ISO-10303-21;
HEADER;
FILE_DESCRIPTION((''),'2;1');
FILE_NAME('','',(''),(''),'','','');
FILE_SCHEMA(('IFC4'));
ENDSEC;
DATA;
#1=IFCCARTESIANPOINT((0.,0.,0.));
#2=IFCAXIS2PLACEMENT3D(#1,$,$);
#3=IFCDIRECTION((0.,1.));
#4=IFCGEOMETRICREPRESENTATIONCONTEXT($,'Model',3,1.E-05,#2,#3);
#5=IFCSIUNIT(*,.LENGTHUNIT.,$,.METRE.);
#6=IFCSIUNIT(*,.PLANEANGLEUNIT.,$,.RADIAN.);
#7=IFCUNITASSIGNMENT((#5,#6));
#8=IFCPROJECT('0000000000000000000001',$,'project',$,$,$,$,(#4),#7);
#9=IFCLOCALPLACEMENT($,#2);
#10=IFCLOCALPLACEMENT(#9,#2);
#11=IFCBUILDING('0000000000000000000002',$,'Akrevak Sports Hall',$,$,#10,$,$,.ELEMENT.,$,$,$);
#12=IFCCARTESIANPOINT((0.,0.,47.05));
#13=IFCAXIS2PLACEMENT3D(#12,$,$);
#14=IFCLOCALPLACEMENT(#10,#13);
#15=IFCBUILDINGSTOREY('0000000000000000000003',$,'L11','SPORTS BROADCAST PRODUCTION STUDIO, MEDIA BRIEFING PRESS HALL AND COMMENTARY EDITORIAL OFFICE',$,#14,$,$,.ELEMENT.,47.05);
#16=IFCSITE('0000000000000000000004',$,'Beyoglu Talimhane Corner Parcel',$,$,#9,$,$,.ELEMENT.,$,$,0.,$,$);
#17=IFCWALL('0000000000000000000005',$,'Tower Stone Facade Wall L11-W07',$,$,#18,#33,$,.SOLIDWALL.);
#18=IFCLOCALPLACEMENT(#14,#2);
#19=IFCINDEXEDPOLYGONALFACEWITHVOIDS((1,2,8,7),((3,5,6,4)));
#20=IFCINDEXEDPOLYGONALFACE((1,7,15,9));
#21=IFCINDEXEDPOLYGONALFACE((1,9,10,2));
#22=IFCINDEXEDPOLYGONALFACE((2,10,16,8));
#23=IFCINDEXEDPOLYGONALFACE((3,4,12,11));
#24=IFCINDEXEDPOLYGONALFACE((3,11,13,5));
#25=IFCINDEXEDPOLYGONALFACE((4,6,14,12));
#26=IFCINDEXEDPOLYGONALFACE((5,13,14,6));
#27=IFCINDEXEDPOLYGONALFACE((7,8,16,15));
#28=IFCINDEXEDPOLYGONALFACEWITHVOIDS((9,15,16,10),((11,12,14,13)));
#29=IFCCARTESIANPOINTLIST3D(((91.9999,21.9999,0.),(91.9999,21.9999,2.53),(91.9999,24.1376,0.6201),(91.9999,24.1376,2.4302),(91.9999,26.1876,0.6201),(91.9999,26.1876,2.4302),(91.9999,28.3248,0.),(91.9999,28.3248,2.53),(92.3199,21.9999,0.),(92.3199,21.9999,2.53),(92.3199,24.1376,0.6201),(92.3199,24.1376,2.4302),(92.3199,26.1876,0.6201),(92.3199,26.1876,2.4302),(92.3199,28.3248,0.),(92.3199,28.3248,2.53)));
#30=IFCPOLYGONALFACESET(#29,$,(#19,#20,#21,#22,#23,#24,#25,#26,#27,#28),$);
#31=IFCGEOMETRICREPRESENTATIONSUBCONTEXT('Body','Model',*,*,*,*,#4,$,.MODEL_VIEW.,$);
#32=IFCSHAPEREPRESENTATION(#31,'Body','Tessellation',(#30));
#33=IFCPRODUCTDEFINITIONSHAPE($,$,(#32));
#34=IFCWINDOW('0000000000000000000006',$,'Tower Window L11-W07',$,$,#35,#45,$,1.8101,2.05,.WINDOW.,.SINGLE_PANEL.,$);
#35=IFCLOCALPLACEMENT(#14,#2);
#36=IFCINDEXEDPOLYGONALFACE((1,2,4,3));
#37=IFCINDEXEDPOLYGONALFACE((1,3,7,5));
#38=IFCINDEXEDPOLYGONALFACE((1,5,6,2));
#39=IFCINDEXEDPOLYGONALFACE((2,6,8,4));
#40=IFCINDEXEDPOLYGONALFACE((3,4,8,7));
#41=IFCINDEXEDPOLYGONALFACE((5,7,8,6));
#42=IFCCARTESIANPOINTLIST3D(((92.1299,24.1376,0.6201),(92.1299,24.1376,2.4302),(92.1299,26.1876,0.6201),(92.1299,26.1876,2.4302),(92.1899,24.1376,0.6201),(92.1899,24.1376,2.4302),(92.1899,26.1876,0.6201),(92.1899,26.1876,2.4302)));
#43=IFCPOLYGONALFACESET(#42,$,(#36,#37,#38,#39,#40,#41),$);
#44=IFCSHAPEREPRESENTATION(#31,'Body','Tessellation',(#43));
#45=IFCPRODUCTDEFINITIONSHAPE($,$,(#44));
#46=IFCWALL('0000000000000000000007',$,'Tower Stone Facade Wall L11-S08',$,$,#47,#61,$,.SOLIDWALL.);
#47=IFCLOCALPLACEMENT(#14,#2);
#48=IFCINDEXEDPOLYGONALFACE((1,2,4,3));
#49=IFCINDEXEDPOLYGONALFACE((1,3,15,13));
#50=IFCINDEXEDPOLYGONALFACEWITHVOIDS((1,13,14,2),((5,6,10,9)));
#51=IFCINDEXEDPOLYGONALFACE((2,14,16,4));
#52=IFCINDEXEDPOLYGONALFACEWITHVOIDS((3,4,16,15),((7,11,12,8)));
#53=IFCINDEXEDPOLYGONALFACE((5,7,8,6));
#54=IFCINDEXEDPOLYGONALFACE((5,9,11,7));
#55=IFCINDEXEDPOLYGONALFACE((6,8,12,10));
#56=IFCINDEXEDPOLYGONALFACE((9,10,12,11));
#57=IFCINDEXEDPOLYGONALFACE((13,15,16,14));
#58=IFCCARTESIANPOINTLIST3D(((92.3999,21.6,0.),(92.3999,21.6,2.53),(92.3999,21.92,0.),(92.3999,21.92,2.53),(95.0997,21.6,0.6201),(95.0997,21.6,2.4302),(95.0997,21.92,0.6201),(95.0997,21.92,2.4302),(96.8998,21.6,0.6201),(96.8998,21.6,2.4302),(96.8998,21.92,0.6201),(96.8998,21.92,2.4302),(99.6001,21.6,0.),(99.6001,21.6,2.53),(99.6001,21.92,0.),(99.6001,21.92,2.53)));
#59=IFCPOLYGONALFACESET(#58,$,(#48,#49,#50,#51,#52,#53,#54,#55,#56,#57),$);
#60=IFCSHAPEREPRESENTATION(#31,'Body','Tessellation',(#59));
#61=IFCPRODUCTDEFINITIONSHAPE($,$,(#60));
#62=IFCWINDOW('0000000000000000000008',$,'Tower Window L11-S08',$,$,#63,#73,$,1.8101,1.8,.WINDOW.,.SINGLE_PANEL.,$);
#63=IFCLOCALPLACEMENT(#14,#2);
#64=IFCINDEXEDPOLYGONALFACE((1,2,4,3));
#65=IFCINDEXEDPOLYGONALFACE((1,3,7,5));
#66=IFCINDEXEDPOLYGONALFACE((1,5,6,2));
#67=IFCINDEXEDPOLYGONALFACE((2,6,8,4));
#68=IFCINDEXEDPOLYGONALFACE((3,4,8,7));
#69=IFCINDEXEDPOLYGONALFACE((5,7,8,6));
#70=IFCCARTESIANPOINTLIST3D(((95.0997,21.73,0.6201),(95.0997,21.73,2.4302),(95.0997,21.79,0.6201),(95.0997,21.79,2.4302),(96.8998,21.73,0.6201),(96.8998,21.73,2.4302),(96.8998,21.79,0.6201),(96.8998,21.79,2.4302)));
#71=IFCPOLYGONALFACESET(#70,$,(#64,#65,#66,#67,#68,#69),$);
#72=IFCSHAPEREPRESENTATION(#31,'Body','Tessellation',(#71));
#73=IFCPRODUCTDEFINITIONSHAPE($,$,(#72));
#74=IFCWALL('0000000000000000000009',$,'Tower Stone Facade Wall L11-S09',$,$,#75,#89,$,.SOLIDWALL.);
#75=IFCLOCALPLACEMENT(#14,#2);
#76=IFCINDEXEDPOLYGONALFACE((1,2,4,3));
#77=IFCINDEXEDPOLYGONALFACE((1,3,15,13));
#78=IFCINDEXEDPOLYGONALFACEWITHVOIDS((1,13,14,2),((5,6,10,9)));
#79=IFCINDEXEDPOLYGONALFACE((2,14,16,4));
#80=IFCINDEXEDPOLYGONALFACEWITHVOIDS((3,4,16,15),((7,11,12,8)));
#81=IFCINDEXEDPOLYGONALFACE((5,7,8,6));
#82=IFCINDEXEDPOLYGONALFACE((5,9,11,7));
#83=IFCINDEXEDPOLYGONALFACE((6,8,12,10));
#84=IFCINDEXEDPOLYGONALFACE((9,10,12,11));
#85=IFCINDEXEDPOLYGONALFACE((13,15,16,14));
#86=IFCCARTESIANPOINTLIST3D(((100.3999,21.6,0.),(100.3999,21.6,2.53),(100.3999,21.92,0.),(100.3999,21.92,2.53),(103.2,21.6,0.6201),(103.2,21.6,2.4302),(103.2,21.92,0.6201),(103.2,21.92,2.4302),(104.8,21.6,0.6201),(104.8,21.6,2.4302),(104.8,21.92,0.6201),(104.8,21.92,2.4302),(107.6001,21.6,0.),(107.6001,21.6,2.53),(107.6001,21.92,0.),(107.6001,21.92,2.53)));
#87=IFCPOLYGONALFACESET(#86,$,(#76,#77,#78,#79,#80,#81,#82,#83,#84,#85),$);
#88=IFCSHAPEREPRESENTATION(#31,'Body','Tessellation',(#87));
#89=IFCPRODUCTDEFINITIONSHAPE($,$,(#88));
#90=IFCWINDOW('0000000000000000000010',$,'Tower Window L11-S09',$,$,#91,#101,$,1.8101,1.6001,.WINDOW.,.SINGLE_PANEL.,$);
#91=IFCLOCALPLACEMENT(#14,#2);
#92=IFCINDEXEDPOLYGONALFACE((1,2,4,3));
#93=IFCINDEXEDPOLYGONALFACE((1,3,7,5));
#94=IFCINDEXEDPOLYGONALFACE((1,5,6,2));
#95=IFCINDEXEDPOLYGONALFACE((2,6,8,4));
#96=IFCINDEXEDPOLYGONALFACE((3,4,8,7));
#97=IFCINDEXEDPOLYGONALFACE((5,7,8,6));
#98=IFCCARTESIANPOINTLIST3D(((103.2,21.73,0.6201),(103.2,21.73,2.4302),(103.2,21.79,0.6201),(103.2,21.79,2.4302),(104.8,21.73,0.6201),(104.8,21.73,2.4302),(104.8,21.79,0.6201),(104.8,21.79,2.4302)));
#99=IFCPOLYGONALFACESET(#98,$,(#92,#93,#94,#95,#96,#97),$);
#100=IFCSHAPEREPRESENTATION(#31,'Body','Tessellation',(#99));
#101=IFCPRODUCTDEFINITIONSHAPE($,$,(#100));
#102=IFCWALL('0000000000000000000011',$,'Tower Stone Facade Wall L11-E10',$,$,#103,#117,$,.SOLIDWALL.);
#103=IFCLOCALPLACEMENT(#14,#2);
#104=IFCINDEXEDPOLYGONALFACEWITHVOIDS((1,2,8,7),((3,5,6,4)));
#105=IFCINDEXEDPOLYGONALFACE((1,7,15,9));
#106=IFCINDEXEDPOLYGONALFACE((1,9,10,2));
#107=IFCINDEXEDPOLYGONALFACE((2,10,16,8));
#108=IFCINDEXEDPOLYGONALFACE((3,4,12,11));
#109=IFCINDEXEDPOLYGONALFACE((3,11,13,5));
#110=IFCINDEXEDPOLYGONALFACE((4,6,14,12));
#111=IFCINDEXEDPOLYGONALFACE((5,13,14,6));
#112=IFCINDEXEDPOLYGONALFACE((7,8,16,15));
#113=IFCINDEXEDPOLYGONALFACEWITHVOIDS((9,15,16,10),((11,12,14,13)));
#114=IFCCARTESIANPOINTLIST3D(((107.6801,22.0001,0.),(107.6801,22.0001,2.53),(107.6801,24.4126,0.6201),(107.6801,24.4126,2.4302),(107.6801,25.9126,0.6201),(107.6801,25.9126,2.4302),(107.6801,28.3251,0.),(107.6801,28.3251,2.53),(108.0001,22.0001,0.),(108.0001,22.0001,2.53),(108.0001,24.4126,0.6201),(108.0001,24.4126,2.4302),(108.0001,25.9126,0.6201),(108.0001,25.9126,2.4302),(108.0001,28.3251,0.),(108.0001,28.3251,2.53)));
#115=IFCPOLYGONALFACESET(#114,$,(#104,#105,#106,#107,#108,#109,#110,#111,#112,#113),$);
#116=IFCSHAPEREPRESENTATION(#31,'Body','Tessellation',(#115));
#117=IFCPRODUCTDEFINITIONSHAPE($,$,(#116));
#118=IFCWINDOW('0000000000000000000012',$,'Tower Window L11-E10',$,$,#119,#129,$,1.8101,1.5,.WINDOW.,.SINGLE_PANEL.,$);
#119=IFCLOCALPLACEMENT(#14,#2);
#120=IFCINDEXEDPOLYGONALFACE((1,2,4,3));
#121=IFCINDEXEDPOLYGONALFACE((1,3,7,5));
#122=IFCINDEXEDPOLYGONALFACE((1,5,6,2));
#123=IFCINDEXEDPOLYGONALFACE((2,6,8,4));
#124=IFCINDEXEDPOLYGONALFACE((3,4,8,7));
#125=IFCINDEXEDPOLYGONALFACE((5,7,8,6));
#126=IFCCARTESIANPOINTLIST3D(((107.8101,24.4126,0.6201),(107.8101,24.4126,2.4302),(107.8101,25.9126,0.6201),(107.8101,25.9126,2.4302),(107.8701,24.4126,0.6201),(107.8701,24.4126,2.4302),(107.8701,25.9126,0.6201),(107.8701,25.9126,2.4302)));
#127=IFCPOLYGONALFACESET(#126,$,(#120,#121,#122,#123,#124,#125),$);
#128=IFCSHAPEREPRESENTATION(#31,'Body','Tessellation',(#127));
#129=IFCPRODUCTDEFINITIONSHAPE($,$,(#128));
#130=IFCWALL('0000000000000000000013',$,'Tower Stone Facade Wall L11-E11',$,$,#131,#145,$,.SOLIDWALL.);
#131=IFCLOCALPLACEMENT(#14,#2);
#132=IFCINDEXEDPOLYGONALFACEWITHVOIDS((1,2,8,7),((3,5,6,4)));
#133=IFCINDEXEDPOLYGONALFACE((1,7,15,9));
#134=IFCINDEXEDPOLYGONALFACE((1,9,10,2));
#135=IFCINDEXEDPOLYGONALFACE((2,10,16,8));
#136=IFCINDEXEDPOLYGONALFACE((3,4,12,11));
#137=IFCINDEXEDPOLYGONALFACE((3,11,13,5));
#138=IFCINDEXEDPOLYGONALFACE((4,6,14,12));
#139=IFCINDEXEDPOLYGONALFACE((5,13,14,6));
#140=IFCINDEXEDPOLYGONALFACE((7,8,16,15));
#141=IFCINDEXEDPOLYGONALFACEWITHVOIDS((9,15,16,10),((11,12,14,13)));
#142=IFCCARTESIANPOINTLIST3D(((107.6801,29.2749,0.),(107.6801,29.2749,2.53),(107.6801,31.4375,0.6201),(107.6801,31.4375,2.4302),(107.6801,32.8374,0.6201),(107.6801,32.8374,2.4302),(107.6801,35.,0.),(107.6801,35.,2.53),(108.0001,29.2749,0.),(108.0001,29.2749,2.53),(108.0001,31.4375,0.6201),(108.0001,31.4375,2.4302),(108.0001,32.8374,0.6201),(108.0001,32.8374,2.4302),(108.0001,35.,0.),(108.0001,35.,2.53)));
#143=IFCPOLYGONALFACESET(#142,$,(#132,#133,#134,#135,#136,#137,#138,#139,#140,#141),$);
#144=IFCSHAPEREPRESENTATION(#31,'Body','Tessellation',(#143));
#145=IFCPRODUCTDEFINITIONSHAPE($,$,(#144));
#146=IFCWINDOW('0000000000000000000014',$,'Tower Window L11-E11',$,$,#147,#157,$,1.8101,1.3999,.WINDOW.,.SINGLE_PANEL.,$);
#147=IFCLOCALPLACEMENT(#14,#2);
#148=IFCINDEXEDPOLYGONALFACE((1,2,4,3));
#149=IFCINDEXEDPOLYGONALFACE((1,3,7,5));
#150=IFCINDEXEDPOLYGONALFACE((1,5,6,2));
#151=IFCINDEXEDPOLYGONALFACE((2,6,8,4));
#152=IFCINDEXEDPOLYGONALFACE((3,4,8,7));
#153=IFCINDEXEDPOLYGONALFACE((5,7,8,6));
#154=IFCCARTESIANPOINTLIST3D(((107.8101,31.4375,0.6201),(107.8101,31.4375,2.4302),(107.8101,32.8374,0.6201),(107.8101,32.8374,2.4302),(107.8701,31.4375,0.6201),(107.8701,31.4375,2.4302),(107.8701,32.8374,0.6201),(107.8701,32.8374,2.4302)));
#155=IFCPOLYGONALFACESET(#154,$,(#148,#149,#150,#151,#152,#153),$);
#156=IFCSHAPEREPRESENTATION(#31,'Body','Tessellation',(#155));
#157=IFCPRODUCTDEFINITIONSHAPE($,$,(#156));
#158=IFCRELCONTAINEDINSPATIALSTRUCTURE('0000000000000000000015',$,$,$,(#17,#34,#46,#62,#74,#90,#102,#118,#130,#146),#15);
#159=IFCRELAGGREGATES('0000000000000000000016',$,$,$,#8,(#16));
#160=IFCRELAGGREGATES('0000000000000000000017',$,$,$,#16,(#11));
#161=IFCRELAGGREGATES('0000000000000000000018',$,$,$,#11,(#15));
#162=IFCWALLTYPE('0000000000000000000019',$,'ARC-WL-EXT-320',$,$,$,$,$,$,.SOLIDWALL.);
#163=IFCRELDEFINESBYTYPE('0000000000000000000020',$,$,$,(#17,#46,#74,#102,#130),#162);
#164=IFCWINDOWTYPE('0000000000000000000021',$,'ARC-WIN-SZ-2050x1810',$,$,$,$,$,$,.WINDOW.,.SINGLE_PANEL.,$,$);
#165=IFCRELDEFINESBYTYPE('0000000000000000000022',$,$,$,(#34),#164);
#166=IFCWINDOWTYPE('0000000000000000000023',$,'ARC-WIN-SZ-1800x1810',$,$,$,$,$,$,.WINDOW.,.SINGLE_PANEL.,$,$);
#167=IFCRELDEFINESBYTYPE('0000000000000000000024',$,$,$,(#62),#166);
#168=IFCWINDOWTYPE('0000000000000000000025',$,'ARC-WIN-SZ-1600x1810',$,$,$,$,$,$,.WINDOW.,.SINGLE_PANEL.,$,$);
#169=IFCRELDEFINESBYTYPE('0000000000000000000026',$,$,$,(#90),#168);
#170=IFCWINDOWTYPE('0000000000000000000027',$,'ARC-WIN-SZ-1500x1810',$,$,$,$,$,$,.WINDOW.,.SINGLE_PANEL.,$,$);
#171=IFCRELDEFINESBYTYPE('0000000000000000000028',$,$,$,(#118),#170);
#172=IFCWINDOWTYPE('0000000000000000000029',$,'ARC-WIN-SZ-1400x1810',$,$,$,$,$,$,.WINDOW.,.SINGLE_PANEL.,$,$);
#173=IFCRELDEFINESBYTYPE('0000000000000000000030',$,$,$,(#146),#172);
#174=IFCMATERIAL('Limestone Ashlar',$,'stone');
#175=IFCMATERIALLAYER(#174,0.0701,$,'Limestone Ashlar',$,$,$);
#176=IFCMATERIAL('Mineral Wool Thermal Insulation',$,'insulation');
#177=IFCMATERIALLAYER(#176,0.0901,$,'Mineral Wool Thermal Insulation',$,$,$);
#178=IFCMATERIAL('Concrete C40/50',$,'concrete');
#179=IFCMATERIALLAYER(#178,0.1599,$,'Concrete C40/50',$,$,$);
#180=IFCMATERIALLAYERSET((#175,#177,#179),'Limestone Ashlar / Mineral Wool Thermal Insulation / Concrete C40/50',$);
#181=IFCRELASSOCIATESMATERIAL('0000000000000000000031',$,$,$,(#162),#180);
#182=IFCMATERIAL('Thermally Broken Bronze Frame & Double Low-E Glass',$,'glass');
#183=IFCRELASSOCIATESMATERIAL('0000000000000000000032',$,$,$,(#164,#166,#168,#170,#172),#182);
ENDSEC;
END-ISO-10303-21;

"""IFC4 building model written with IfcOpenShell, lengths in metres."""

from ifc_helpers import new_model, si_unit, direction, frame, frame_2d, origin, place, context, subcontext, project, spatial, rectangle, extrude, material, layer, layer_set, type_object, element, fill, save


model = new_model("IFC4")

# Units and contexts
model_context = context("Model", 3, precision=1e-05, world=origin(), true_north=direction((0.0, 1.0)))
body_context = subcontext(model_context, "Body", "Model", "MODEL_VIEW")
ifc_project = project(units=[si_unit("LENGTHUNIT", "METRE"), si_unit("PLANEANGLEUNIT", "RADIAN")], contexts=[model_context])

# Site, building, storey
site_placement = place(None, origin())
site = spatial("IfcSite", under=ifc_project, at=site_placement, Name="Beyoglu Talimhane Corner Parcel", CompositionType="ELEMENT", RefElevation=0.0)
building_placement = place(site_placement, origin())
building = spatial("IfcBuilding", under=site, at=building_placement, Name="Akrevak Sports Hall", CompositionType="ELEMENT")
storey_placement = place(building_placement, frame((0.0, 0.0, 47.05)))
storey = spatial("IfcBuildingStorey", under=building, at=storey_placement, Name="L11", Description="SPORTS BROADCAST PRODUCTION STUDIO, MEDIA BRIEFING PRESS HALL AND COMMENTARY EDITORIAL OFFICE", CompositionType="ELEMENT", Elevation=47.05)

# Shared definitions
ifc_material_1 = material(Name="Concrete C40/50", Category="concrete")

# Walls, openings, windows
ifc_material_2 = material(Name="Limestone Ashlar", Category="stone")
ifc_layer_1 = layer(ifc_material_2, 0.0701, Name="Limestone Ashlar")
ifc_material_3 = material(Name="Mineral Wool Thermal Insulation", Category="insulation")
ifc_layer_2 = layer(ifc_material_3, 0.0901, Name="Mineral Wool Thermal Insulation")
ifc_layer_3 = layer(ifc_material_1, 0.1599, Name="Concrete C40/50")
ifc_layer_set_1 = layer_set([ifc_layer_1, ifc_layer_2, ifc_layer_3], Name="Limestone Ashlar / Mineral Wool Thermal Insulation / Concrete C40/50")
wall_type = type_object("IfcWallType", Name="ARC-WL-EXT-320", PredefinedType="SOLIDWALL", material=ifc_layer_set_1)
wall_1_placement = place(storey_placement, frame((92.1599, 28.325, 0.0), z_axis=(0.0, 0.0, 1.0), x_axis=(0.0, -1.0, 0.0)))
wall_1 = element("IfcWall", 1, at=wall_1_placement, inside=storey, type_object=wall_type, Name="Tower Stone Facade Wall L11-W07", PredefinedType="SOLIDWALL", context=body_context, shape_type="SweptSolid", body=[
    extrude(rectangle(XDim=6.325, YDim=0.3201, at=frame_2d((3.1626, 0.0))), origin(), (0.0, 0.0, 1.0), 2.53),
])
opening_1_placement = place(wall_1_placement, frame((2.1375, 0.0, 0.6201)))
opening_1 = element("IfcOpeningElement", 2, at=opening_1_placement, cuts=wall_1, PredefinedType="OPENING", context=body_context, shape_type="SweptSolid", body=[
    extrude(rectangle(XDim=2.05, YDim=1.8101, at=frame_2d((1.0249, 0.905))), frame((0.0, 0.1719, 0.0), z_axis=(0.0, -1.0, 0.0), x_axis=(1.0, 0.0, 0.0)), (0.0, 0.0, 1.0), 0.344),
])
ifc_material_4 = material(Name="Thermally Broken Bronze Frame & Double Low-E Glass", Category="glass")
window_type_1 = type_object("IfcWindowType", Name="ARC-WIN-SZ-2050x1810", PartitioningType="SINGLE_PANEL", PredefinedType="WINDOW", material=ifc_material_4)
window_1_placement = place(opening_1_placement, origin())
window_1 = element("IfcWindow", 3, at=window_1_placement, inside=storey, type_object=window_type_1, Name="Tower Window L11-W07", OverallHeight=1.8101, OverallWidth=2.05, PartitioningType="SINGLE_PANEL", PredefinedType="WINDOW", context=body_context, shape_type="SweptSolid", body=[
    extrude(rectangle(XDim=2.05, YDim=1.8101, at=frame_2d((1.0249, 0.905))), frame((0.0, 0.03, 0.0), z_axis=(0.0, -1.0, 0.0), x_axis=(1.0, 0.0, 0.0)), (0.0, 0.0, 1.0), 0.0601),
])
fill(opening_1, window_1)
wall_2_placement = place(storey_placement, frame((92.3999, 21.76, 0.0), z_axis=(0.0, 0.0, 1.0), x_axis=(1.0, 0.0, 0.0)))
wall_2 = element("IfcWall", 4, at=wall_2_placement, inside=storey, type_object=wall_type, Name="Tower Stone Facade Wall L11-S08", PredefinedType="SOLIDWALL", context=body_context, shape_type="SweptSolid", body=[
    extrude(rectangle(XDim=7.2002, YDim=0.3201, at=frame_2d((3.6001, 0.0))), origin(), (0.0, 0.0, 1.0), 2.53),
])
opening_2_placement = place(wall_2_placement, frame((2.7, 0.0, 0.6201)))
opening_2 = element("IfcOpeningElement", 5, at=opening_2_placement, cuts=wall_2, PredefinedType="OPENING", context=body_context, shape_type="SweptSolid", body=[
    extrude(rectangle(XDim=1.8, YDim=1.8101, at=frame_2d((0.8999, 0.905))), frame((0.0, 0.1719, 0.0), z_axis=(0.0, -1.0, 0.0), x_axis=(1.0, 0.0, 0.0)), (0.0, 0.0, 1.0), 0.344),
])
window_type_2 = type_object("IfcWindowType", Name="ARC-WIN-SZ-1800x1810", PartitioningType="SINGLE_PANEL", PredefinedType="WINDOW", material=ifc_material_4)
window_2_placement = place(opening_2_placement, origin())
window_2 = element("IfcWindow", 6, at=window_2_placement, inside=storey, type_object=window_type_2, Name="Tower Window L11-S08", OverallHeight=1.8101, OverallWidth=1.8, PartitioningType="SINGLE_PANEL", PredefinedType="WINDOW", context=body_context, shape_type="SweptSolid", body=[
    extrude(rectangle(XDim=1.8, YDim=1.8101, at=frame_2d((0.8999, 0.905))), frame((0.0, 0.03, 0.0), z_axis=(0.0, -1.0, 0.0), x_axis=(1.0, 0.0, 0.0)), (0.0, 0.0, 1.0), 0.0601),
])
fill(opening_2, window_2)
wall_3_placement = place(storey_placement, frame((100.3999, 21.76, 0.0), z_axis=(0.0, 0.0, 1.0), x_axis=(1.0, 0.0, 0.0)))
wall_3 = element("IfcWall", 7, at=wall_3_placement, inside=storey, type_object=wall_type, Name="Tower Stone Facade Wall L11-S09", PredefinedType="SOLIDWALL", context=body_context, shape_type="SweptSolid", body=[
    extrude(rectangle(XDim=7.2002, YDim=0.3201, at=frame_2d((3.6001, 0.0))), origin(), (0.0, 0.0, 1.0), 2.53),
])
opening_3_placement = place(wall_3_placement, frame((2.8, 0.0, 0.6201)))
opening_3 = element("IfcOpeningElement", 8, at=opening_3_placement, cuts=wall_3, PredefinedType="OPENING", context=body_context, shape_type="SweptSolid", body=[
    extrude(rectangle(XDim=1.6001, YDim=1.8101, at=frame_2d((0.8, 0.905))), frame((0.0, 0.1719, 0.0), z_axis=(0.0, -1.0, 0.0), x_axis=(1.0, 0.0, 0.0)), (0.0, 0.0, 1.0), 0.344),
])
window_type_3 = type_object("IfcWindowType", Name="ARC-WIN-SZ-1600x1810", PartitioningType="SINGLE_PANEL", PredefinedType="WINDOW", material=ifc_material_4)
window_3_placement = place(opening_3_placement, origin())
window_3 = element("IfcWindow", 9, at=window_3_placement, inside=storey, type_object=window_type_3, Name="Tower Window L11-S09", OverallHeight=1.8101, OverallWidth=1.6001, PartitioningType="SINGLE_PANEL", PredefinedType="WINDOW", context=body_context, shape_type="SweptSolid", body=[
    extrude(rectangle(XDim=1.6001, YDim=1.8101, at=frame_2d((0.8, 0.905))), frame((0.0, 0.03, 0.0), z_axis=(0.0, -1.0, 0.0), x_axis=(1.0, 0.0, 0.0)), (0.0, 0.0, 1.0), 0.0601),
])
fill(opening_3, window_3)
wall_4_placement = place(storey_placement, frame((107.8401, 22.0, 0.0), z_axis=(0.0, 0.0, 1.0), x_axis=(0.0, 1.0, 0.0)))
wall_4 = element("IfcWall", 10, at=wall_4_placement, inside=storey, type_object=wall_type, Name="Tower Stone Facade Wall L11-E10", PredefinedType="SOLIDWALL", context=body_context, shape_type="SweptSolid", body=[
    extrude(rectangle(XDim=6.325, YDim=0.3201, at=frame_2d((3.1626, 0.0))), origin(), (0.0, 0.0, 1.0), 2.53),
])
opening_4_placement = place(wall_4_placement, frame((2.4126, 0.0, 0.6201)))
opening_4 = element("IfcOpeningElement", 11, at=opening_4_placement, cuts=wall_4, PredefinedType="OPENING", context=body_context, shape_type="SweptSolid", body=[
    extrude(rectangle(XDim=1.5, YDim=1.8101, at=frame_2d((0.75, 0.905))), frame((0.0, 0.1719, 0.0), z_axis=(0.0, -1.0, 0.0), x_axis=(1.0, 0.0, 0.0)), (0.0, 0.0, 1.0), 0.344),
])
window_type_4 = type_object("IfcWindowType", Name="ARC-WIN-SZ-1500x1810", PartitioningType="SINGLE_PANEL", PredefinedType="WINDOW", material=ifc_material_4)
window_4_placement = place(opening_4_placement, origin())
window_4 = element("IfcWindow", 12, at=window_4_placement, inside=storey, type_object=window_type_4, Name="Tower Window L11-E10", OverallHeight=1.8101, OverallWidth=1.5, PartitioningType="SINGLE_PANEL", PredefinedType="WINDOW", context=body_context, shape_type="SweptSolid", body=[
    extrude(rectangle(XDim=1.5, YDim=1.8101, at=frame_2d((0.75, 0.905))), frame((0.0, 0.03, 0.0), z_axis=(0.0, -1.0, 0.0), x_axis=(1.0, 0.0, 0.0)), (0.0, 0.0, 1.0), 0.0601),
])
fill(opening_4, window_4)
wall_5_placement = place(storey_placement, frame((107.8401, 29.2749, 0.0), z_axis=(0.0, 0.0, 1.0), x_axis=(0.0, 1.0, 0.0)))
wall_5 = element("IfcWall", 13, at=wall_5_placement, inside=storey, type_object=wall_type, Name="Tower Stone Facade Wall L11-E11", PredefinedType="SOLIDWALL", context=body_context, shape_type="SweptSolid", body=[
    extrude(rectangle(XDim=5.7251, YDim=0.3201, at=frame_2d((2.8625, 0.0))), origin(), (0.0, 0.0, 1.0), 2.53),
])
opening_5_placement = place(wall_5_placement, frame((2.1626, 0.0, 0.6201)))
opening_5 = element("IfcOpeningElement", 14, at=opening_5_placement, cuts=wall_5, PredefinedType="OPENING", context=body_context, shape_type="SweptSolid", body=[
    extrude(rectangle(XDim=1.3999, YDim=1.8101, at=frame_2d((0.7, 0.905))), frame((0.0, 0.1719, 0.0), z_axis=(0.0, -1.0, 0.0), x_axis=(1.0, 0.0, 0.0)), (0.0, 0.0, 1.0), 0.344),
])
window_type_5 = type_object("IfcWindowType", Name="ARC-WIN-SZ-1400x1810", PartitioningType="SINGLE_PANEL", PredefinedType="WINDOW", material=ifc_material_4)
window_5_placement = place(opening_5_placement, origin())
window_5 = element("IfcWindow", 15, at=window_5_placement, inside=storey, type_object=window_type_5, Name="Tower Window L11-E11", OverallHeight=1.8101, OverallWidth=1.3999, PartitioningType="SINGLE_PANEL", PredefinedType="WINDOW", context=body_context, shape_type="SweptSolid", body=[
    extrude(rectangle(XDim=1.3999, YDim=1.8101, at=frame_2d((0.7, 0.905))), frame((0.0, 0.03, 0.0), z_axis=(0.0, -1.0, 0.0), x_axis=(1.0, 0.0, 0.0)), (0.0, 0.0, 1.0), 0.0601),
])
fill(opening_5, window_5)

save(model, "model.ifc")
